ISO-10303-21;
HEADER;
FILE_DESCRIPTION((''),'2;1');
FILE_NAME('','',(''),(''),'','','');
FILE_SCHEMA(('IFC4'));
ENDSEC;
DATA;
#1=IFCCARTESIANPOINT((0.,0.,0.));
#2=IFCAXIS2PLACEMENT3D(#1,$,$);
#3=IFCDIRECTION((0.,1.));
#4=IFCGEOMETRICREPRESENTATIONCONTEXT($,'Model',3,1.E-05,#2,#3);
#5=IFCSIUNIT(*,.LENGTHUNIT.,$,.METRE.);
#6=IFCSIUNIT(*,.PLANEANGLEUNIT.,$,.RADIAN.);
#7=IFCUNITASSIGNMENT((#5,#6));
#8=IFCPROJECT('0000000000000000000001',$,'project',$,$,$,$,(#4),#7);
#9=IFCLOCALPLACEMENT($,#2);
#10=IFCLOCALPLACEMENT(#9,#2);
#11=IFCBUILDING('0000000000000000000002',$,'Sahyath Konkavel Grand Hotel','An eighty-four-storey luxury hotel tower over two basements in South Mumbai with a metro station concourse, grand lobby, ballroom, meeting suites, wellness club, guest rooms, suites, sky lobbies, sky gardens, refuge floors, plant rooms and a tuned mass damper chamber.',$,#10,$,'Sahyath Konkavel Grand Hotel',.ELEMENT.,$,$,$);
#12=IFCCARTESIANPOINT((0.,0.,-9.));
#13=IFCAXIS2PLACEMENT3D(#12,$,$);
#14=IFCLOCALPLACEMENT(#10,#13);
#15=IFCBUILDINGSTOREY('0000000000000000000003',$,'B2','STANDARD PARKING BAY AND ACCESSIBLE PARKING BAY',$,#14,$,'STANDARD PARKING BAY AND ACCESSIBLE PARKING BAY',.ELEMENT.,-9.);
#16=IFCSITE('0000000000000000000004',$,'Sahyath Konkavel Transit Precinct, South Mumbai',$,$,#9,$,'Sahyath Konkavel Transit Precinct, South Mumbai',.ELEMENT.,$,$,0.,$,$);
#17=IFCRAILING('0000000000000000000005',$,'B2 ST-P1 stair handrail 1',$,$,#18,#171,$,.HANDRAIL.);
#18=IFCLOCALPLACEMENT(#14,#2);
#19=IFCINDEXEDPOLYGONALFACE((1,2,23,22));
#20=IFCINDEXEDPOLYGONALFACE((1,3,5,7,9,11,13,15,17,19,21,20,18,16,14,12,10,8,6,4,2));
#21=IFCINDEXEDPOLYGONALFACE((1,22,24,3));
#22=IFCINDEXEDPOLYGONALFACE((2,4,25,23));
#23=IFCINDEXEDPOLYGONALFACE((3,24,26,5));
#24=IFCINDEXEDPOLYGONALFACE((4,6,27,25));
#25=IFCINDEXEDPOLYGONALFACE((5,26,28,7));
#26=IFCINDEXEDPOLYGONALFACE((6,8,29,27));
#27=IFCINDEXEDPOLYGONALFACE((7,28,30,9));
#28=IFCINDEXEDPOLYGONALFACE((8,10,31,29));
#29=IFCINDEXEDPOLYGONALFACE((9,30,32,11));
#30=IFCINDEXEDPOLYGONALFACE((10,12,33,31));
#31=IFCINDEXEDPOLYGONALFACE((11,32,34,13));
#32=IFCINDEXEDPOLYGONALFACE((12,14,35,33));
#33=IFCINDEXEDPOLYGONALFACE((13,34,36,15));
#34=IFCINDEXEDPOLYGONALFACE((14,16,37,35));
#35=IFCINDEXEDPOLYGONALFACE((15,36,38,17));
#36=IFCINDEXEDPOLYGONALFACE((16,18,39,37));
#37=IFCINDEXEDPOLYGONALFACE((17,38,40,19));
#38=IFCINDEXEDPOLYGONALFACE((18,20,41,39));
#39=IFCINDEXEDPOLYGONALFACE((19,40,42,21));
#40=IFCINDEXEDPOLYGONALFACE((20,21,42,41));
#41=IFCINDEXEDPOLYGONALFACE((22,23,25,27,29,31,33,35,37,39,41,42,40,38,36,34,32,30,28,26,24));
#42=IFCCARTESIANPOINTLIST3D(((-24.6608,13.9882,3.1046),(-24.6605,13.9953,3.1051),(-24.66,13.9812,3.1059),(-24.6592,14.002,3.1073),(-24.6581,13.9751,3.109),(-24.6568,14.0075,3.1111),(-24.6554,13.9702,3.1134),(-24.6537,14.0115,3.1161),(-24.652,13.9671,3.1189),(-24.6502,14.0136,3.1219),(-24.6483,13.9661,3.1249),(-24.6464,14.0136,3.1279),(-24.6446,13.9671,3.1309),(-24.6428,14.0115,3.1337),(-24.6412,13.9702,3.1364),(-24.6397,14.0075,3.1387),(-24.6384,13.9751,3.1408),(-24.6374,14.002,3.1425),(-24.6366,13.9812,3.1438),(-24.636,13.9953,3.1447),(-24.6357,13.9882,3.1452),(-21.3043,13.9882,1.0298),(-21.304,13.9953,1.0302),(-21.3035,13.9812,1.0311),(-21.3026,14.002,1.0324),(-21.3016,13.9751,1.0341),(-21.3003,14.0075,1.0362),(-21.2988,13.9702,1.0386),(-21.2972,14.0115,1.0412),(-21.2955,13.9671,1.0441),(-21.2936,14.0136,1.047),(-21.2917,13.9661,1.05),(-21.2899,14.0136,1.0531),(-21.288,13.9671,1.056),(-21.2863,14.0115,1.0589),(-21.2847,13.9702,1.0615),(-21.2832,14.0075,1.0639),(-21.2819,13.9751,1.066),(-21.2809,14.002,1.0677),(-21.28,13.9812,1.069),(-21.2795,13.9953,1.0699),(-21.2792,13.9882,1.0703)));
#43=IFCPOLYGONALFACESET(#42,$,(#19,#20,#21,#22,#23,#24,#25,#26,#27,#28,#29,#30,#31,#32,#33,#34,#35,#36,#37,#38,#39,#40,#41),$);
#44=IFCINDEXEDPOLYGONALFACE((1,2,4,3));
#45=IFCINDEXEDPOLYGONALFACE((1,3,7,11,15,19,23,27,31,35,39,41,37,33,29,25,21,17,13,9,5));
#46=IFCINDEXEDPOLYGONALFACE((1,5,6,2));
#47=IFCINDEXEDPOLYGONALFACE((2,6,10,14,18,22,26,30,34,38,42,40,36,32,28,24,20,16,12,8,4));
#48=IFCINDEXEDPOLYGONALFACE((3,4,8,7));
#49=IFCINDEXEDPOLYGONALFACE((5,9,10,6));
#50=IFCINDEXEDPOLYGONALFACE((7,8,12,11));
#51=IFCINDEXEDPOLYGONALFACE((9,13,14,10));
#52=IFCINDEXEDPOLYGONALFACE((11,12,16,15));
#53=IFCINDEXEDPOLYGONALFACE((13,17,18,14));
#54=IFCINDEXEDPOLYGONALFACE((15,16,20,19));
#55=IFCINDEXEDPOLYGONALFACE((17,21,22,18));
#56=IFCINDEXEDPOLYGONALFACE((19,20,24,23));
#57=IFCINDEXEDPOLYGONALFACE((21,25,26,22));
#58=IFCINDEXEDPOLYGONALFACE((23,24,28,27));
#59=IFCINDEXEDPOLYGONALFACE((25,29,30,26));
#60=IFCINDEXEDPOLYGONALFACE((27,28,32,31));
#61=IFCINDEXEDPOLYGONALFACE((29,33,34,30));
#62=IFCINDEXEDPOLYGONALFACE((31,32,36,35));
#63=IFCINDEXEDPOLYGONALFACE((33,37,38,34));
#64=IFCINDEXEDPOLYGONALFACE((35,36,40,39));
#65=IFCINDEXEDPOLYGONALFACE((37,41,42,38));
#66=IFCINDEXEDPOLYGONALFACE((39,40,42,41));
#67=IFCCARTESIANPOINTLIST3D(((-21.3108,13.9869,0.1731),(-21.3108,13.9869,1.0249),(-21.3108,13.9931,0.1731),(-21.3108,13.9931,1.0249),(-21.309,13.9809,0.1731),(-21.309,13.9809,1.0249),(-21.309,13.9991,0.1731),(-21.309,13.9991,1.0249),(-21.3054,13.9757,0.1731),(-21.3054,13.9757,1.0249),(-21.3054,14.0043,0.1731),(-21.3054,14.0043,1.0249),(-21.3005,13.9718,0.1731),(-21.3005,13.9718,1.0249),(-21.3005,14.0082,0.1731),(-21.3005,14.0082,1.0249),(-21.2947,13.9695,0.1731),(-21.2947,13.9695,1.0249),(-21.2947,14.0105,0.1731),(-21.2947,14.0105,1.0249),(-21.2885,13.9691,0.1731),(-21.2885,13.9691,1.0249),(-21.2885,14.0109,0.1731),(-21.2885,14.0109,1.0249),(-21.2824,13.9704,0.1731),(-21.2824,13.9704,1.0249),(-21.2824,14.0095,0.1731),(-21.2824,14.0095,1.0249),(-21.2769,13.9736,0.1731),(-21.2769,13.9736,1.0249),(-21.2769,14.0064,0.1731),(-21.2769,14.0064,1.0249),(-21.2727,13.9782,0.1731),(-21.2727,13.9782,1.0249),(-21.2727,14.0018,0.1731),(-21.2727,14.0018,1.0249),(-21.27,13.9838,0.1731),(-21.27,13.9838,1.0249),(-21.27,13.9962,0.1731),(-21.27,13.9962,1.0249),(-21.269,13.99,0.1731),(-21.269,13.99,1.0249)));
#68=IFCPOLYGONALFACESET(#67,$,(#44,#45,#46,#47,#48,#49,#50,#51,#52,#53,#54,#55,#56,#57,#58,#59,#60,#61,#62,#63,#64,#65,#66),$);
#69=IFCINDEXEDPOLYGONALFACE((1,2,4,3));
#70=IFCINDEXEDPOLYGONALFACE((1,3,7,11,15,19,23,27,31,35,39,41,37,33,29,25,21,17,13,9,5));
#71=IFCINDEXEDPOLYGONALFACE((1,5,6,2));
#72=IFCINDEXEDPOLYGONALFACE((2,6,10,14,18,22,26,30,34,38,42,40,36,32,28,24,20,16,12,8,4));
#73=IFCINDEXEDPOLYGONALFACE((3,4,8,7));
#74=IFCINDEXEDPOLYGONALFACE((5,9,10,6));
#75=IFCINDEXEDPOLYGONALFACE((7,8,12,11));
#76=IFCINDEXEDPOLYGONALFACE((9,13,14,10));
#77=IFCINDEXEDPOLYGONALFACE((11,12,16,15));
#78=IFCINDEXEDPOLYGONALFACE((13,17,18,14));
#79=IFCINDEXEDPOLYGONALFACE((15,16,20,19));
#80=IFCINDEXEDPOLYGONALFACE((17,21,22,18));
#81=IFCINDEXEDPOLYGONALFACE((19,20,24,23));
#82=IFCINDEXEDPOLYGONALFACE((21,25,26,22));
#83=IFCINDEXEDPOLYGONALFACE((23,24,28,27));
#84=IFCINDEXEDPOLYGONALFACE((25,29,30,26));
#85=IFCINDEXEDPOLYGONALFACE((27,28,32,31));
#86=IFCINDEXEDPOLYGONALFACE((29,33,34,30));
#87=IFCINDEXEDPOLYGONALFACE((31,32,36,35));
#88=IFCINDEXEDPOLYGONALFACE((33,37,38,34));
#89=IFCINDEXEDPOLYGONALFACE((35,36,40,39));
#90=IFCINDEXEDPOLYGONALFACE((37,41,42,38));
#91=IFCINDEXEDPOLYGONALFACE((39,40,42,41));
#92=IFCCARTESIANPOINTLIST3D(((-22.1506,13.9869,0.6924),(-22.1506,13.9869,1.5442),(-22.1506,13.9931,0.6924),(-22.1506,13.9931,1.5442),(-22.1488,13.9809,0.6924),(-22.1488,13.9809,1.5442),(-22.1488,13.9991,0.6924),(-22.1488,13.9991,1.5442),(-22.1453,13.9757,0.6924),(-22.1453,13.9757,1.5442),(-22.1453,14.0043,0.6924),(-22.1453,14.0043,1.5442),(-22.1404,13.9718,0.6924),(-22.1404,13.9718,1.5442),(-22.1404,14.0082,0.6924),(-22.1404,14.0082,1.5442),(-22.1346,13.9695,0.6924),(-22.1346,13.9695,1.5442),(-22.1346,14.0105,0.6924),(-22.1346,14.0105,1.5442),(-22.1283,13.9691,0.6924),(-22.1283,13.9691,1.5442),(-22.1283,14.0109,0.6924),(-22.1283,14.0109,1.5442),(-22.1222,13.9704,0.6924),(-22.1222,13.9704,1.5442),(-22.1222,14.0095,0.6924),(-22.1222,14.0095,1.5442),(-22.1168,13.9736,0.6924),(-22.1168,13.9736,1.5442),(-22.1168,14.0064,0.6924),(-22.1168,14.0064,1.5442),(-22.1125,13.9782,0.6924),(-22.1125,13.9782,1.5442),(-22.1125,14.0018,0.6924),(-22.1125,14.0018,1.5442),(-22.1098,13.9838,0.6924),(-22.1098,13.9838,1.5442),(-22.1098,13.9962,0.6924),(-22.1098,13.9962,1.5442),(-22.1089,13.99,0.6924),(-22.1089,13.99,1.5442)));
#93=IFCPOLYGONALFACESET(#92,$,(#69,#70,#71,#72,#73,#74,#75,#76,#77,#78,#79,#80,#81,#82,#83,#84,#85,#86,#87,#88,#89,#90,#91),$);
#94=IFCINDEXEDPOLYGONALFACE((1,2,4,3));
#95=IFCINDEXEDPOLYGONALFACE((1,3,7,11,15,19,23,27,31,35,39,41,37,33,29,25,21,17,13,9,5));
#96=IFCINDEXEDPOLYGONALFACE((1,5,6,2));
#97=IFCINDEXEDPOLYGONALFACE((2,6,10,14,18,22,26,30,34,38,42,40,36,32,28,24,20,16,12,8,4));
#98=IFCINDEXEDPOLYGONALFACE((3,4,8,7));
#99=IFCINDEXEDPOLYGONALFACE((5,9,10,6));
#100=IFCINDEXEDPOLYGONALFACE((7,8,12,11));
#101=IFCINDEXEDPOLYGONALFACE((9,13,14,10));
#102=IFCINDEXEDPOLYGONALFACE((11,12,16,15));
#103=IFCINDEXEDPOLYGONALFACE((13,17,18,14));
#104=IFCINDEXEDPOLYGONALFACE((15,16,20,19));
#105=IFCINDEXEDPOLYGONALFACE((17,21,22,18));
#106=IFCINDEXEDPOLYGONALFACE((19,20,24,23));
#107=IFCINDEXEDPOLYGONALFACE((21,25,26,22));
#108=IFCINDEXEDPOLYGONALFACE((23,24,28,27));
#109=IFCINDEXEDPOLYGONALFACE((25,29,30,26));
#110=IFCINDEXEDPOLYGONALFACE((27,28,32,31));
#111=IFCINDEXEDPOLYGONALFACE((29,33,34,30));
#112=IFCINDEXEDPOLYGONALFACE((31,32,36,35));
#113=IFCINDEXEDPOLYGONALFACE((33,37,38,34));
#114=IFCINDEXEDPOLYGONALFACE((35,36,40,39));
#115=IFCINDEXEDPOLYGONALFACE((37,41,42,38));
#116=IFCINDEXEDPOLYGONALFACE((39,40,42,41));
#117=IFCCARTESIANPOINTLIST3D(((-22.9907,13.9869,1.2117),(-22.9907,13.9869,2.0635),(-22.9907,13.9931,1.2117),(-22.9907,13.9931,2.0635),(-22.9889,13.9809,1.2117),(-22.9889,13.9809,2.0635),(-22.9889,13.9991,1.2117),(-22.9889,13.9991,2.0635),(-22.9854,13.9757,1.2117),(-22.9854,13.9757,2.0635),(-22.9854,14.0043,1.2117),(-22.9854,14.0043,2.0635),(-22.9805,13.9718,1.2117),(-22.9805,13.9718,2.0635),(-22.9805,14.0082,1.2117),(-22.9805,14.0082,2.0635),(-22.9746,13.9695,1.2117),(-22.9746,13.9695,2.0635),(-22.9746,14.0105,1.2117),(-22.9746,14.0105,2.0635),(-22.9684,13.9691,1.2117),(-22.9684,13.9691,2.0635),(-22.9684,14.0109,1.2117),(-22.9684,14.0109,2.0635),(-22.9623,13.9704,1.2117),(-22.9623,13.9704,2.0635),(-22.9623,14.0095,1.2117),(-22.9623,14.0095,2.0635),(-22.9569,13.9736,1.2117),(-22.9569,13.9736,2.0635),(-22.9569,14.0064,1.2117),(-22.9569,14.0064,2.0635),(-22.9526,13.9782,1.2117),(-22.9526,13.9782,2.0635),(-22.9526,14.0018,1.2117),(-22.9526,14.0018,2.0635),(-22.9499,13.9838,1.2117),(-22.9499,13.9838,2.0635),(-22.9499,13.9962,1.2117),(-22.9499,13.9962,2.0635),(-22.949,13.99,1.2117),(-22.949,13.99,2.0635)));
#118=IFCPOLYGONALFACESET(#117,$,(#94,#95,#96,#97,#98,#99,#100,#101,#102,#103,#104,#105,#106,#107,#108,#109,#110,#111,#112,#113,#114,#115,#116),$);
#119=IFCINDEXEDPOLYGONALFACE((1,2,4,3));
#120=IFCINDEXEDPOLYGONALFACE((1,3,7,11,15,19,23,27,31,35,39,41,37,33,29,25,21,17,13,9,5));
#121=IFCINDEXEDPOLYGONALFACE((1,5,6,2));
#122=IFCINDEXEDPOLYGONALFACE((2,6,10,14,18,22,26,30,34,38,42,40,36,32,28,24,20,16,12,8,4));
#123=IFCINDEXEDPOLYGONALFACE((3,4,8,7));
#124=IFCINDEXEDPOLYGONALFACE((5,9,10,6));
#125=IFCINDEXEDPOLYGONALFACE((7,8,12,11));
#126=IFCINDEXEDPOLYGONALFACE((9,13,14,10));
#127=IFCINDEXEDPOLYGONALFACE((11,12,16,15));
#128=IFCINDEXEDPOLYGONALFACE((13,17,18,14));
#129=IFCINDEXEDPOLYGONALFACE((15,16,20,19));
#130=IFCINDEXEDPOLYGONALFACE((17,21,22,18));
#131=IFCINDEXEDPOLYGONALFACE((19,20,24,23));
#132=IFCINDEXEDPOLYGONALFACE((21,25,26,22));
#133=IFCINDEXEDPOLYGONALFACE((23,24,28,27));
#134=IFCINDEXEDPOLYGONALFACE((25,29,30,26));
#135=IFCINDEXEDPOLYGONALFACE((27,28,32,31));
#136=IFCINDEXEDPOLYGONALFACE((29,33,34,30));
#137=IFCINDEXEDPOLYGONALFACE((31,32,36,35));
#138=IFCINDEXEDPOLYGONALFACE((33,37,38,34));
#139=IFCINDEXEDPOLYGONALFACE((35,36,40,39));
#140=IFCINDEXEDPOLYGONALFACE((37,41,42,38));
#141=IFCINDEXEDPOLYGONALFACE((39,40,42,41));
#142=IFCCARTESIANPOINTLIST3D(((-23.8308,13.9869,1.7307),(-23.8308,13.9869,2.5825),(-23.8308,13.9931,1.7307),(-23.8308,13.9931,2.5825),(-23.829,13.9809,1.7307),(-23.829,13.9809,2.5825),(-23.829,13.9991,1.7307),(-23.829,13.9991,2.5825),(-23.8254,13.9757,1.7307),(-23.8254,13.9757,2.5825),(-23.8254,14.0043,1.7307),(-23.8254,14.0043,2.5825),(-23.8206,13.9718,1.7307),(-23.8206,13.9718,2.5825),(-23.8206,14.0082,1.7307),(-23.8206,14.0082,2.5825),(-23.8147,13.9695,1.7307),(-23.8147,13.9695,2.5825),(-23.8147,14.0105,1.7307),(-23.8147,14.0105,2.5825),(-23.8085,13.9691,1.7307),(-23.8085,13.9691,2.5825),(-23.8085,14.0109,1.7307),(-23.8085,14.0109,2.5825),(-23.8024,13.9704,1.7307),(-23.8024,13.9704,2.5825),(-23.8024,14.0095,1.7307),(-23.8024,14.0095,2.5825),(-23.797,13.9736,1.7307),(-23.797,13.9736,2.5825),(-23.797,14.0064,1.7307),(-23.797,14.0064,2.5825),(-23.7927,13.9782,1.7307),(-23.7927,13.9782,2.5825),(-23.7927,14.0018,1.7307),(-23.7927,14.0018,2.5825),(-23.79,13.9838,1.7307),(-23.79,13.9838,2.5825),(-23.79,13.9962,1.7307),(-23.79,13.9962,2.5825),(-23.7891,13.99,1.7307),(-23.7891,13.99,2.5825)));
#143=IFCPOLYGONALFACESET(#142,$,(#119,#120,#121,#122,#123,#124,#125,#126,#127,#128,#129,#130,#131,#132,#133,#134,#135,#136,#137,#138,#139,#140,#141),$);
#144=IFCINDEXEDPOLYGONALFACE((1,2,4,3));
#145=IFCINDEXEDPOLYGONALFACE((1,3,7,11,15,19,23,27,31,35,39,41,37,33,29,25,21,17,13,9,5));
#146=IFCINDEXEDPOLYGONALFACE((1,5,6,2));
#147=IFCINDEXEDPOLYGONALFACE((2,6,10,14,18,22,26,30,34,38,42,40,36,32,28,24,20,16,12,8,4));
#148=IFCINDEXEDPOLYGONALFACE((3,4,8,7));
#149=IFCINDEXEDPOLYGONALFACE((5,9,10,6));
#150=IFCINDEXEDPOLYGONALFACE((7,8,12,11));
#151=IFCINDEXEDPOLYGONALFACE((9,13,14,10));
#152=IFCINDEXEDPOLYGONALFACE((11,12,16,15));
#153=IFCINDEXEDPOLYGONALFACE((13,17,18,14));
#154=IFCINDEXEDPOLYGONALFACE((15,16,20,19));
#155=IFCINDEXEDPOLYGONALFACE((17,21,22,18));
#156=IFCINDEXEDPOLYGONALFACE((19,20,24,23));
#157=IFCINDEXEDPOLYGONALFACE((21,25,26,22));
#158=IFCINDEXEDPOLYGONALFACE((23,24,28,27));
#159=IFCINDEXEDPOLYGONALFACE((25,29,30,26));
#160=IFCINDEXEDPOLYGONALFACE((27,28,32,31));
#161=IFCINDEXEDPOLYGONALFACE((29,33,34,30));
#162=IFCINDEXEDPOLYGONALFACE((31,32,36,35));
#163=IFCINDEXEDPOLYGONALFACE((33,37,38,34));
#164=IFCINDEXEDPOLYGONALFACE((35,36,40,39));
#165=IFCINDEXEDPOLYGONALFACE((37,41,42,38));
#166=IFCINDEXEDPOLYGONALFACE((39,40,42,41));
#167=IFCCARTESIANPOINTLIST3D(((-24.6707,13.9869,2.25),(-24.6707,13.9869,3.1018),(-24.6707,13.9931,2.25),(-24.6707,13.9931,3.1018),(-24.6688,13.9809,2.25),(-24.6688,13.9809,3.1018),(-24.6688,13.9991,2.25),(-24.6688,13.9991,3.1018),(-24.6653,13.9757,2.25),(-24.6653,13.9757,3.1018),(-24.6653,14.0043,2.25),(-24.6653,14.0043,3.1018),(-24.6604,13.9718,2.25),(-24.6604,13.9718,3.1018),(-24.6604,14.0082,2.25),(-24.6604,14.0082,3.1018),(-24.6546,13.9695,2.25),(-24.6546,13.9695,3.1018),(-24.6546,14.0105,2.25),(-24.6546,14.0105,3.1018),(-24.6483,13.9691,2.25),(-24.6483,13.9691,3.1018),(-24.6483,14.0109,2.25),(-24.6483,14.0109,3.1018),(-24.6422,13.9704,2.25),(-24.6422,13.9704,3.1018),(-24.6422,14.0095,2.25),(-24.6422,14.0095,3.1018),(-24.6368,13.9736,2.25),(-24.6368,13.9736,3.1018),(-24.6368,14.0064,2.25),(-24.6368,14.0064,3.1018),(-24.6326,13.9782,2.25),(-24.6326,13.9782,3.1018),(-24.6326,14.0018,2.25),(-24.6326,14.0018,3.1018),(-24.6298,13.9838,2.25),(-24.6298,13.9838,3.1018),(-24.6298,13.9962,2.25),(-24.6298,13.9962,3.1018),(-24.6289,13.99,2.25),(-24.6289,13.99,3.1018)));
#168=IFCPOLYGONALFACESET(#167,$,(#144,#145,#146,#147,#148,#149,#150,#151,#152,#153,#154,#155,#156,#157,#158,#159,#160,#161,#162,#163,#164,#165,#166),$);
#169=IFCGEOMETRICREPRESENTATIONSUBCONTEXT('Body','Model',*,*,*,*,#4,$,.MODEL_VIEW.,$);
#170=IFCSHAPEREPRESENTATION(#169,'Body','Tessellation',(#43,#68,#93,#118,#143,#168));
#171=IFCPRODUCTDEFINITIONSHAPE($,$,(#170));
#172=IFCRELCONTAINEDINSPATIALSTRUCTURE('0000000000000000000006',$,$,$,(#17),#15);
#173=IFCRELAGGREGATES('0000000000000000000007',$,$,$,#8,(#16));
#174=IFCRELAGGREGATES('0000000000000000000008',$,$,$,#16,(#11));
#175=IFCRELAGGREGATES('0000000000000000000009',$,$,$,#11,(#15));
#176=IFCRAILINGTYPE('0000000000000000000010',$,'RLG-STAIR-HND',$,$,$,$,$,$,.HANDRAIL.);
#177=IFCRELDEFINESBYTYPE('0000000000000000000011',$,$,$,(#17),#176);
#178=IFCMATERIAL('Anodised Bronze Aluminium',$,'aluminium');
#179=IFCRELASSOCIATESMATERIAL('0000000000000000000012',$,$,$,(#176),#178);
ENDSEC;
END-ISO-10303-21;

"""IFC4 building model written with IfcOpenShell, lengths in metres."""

from ifc_helpers import new_model, si_unit, direction, frame, origin, origin_2d, place, context, subcontext, project, spatial, circle, extrude, material, type_object, element, save


model = new_model("IFC4")

# Units and contexts
model_context = context("Model", 3, precision=1e-05, world=origin(), true_north=direction((0.0, 1.0)))
body_context = subcontext(model_context, "Body", "Model", "MODEL_VIEW")
ifc_project = project(units=[si_unit("LENGTHUNIT", "METRE"), si_unit("PLANEANGLEUNIT", "RADIAN")], contexts=[model_context])

# Site, building, storey
site_placement = place(None, origin())
site = spatial("IfcSite", under=ifc_project, at=site_placement, Name="Sahyath Konkavel Transit Precinct, South Mumbai", LongName="Sahyath Konkavel Transit Precinct, South Mumbai", CompositionType="ELEMENT", RefElevation=0.0)
building_placement = place(site_placement, origin())
building = spatial("IfcBuilding", under=site, at=building_placement, Name="Sahyath Konkavel Grand Hotel", Description="An eighty-four-storey luxury hotel tower over two basements in South Mumbai with a metro station concourse, grand lobby, ballroom, meeting suites, wellness club, guest rooms, suites, sky lobbies, sky gardens, refuge floors, plant rooms and a tuned mass damper chamber.", LongName="Sahyath Konkavel Grand Hotel", CompositionType="ELEMENT")
storey_placement = place(building_placement, frame((0.0, 0.0, -9.0)))
storey = spatial("IfcBuildingStorey", under=building, at=storey_placement, Name="B2", Description="STANDARD PARKING BAY AND ACCESSIBLE PARKING BAY", LongName="STANDARD PARKING BAY AND ACCESSIBLE PARKING BAY", CompositionType="ELEMENT", Elevation=-9.0)

# Railing
ifc_material_1 = material(Name="Anodised Bronze Aluminium", Category="aluminium")
railing_type_1 = type_object("IfcRailingType", Name="RLG-STAIR-HND", PredefinedType="HANDRAIL", material=ifc_material_1)
railing_1_placement = place(storey_placement, frame((-21.29, 13.99, 0.1731)))
element("IfcRailing", 1, at=railing_1_placement, inside=storey, type_object=railing_type_1, Name="B2 ST-P1 stair handrail 1", PredefinedType="HANDRAIL", context=body_context, shape_type="SweptSolid", body=[
    extrude(circle(Radius=0.0239, at=origin_2d()), frame((-0.0017, 0.0, 0.877), z_axis=(-0.850606, 0.0, 0.525803), x_axis=(0.0, -1.0, 0.0)), (0.0, 0.0, 1.0), 3.946),
    extrude(circle(Radius=0.021, at=origin_2d()), origin(), (0.0, 0.0, 1.0), 0.8518),
    extrude(circle(Radius=0.021, at=origin_2d()), frame((-0.8398, 0.0, 0.5193)), (0.0, 0.0, 1.0), 0.8518),
    extrude(circle(Radius=0.021, at=origin_2d()), frame((-1.6799, 0.0, 1.0386)), (0.0, 0.0, 1.0), 0.8518),
    extrude(circle(Radius=0.021, at=origin_2d()), frame((-2.52, 0.0, 1.5576)), (0.0, 0.0, 1.0), 0.8518),
    extrude(circle(Radius=0.021, at=origin_2d()), frame((-3.3599, 0.0, 2.0769)), (0.0, 0.0, 1.0), 0.8518),
])

save(model, "model.ifc")
